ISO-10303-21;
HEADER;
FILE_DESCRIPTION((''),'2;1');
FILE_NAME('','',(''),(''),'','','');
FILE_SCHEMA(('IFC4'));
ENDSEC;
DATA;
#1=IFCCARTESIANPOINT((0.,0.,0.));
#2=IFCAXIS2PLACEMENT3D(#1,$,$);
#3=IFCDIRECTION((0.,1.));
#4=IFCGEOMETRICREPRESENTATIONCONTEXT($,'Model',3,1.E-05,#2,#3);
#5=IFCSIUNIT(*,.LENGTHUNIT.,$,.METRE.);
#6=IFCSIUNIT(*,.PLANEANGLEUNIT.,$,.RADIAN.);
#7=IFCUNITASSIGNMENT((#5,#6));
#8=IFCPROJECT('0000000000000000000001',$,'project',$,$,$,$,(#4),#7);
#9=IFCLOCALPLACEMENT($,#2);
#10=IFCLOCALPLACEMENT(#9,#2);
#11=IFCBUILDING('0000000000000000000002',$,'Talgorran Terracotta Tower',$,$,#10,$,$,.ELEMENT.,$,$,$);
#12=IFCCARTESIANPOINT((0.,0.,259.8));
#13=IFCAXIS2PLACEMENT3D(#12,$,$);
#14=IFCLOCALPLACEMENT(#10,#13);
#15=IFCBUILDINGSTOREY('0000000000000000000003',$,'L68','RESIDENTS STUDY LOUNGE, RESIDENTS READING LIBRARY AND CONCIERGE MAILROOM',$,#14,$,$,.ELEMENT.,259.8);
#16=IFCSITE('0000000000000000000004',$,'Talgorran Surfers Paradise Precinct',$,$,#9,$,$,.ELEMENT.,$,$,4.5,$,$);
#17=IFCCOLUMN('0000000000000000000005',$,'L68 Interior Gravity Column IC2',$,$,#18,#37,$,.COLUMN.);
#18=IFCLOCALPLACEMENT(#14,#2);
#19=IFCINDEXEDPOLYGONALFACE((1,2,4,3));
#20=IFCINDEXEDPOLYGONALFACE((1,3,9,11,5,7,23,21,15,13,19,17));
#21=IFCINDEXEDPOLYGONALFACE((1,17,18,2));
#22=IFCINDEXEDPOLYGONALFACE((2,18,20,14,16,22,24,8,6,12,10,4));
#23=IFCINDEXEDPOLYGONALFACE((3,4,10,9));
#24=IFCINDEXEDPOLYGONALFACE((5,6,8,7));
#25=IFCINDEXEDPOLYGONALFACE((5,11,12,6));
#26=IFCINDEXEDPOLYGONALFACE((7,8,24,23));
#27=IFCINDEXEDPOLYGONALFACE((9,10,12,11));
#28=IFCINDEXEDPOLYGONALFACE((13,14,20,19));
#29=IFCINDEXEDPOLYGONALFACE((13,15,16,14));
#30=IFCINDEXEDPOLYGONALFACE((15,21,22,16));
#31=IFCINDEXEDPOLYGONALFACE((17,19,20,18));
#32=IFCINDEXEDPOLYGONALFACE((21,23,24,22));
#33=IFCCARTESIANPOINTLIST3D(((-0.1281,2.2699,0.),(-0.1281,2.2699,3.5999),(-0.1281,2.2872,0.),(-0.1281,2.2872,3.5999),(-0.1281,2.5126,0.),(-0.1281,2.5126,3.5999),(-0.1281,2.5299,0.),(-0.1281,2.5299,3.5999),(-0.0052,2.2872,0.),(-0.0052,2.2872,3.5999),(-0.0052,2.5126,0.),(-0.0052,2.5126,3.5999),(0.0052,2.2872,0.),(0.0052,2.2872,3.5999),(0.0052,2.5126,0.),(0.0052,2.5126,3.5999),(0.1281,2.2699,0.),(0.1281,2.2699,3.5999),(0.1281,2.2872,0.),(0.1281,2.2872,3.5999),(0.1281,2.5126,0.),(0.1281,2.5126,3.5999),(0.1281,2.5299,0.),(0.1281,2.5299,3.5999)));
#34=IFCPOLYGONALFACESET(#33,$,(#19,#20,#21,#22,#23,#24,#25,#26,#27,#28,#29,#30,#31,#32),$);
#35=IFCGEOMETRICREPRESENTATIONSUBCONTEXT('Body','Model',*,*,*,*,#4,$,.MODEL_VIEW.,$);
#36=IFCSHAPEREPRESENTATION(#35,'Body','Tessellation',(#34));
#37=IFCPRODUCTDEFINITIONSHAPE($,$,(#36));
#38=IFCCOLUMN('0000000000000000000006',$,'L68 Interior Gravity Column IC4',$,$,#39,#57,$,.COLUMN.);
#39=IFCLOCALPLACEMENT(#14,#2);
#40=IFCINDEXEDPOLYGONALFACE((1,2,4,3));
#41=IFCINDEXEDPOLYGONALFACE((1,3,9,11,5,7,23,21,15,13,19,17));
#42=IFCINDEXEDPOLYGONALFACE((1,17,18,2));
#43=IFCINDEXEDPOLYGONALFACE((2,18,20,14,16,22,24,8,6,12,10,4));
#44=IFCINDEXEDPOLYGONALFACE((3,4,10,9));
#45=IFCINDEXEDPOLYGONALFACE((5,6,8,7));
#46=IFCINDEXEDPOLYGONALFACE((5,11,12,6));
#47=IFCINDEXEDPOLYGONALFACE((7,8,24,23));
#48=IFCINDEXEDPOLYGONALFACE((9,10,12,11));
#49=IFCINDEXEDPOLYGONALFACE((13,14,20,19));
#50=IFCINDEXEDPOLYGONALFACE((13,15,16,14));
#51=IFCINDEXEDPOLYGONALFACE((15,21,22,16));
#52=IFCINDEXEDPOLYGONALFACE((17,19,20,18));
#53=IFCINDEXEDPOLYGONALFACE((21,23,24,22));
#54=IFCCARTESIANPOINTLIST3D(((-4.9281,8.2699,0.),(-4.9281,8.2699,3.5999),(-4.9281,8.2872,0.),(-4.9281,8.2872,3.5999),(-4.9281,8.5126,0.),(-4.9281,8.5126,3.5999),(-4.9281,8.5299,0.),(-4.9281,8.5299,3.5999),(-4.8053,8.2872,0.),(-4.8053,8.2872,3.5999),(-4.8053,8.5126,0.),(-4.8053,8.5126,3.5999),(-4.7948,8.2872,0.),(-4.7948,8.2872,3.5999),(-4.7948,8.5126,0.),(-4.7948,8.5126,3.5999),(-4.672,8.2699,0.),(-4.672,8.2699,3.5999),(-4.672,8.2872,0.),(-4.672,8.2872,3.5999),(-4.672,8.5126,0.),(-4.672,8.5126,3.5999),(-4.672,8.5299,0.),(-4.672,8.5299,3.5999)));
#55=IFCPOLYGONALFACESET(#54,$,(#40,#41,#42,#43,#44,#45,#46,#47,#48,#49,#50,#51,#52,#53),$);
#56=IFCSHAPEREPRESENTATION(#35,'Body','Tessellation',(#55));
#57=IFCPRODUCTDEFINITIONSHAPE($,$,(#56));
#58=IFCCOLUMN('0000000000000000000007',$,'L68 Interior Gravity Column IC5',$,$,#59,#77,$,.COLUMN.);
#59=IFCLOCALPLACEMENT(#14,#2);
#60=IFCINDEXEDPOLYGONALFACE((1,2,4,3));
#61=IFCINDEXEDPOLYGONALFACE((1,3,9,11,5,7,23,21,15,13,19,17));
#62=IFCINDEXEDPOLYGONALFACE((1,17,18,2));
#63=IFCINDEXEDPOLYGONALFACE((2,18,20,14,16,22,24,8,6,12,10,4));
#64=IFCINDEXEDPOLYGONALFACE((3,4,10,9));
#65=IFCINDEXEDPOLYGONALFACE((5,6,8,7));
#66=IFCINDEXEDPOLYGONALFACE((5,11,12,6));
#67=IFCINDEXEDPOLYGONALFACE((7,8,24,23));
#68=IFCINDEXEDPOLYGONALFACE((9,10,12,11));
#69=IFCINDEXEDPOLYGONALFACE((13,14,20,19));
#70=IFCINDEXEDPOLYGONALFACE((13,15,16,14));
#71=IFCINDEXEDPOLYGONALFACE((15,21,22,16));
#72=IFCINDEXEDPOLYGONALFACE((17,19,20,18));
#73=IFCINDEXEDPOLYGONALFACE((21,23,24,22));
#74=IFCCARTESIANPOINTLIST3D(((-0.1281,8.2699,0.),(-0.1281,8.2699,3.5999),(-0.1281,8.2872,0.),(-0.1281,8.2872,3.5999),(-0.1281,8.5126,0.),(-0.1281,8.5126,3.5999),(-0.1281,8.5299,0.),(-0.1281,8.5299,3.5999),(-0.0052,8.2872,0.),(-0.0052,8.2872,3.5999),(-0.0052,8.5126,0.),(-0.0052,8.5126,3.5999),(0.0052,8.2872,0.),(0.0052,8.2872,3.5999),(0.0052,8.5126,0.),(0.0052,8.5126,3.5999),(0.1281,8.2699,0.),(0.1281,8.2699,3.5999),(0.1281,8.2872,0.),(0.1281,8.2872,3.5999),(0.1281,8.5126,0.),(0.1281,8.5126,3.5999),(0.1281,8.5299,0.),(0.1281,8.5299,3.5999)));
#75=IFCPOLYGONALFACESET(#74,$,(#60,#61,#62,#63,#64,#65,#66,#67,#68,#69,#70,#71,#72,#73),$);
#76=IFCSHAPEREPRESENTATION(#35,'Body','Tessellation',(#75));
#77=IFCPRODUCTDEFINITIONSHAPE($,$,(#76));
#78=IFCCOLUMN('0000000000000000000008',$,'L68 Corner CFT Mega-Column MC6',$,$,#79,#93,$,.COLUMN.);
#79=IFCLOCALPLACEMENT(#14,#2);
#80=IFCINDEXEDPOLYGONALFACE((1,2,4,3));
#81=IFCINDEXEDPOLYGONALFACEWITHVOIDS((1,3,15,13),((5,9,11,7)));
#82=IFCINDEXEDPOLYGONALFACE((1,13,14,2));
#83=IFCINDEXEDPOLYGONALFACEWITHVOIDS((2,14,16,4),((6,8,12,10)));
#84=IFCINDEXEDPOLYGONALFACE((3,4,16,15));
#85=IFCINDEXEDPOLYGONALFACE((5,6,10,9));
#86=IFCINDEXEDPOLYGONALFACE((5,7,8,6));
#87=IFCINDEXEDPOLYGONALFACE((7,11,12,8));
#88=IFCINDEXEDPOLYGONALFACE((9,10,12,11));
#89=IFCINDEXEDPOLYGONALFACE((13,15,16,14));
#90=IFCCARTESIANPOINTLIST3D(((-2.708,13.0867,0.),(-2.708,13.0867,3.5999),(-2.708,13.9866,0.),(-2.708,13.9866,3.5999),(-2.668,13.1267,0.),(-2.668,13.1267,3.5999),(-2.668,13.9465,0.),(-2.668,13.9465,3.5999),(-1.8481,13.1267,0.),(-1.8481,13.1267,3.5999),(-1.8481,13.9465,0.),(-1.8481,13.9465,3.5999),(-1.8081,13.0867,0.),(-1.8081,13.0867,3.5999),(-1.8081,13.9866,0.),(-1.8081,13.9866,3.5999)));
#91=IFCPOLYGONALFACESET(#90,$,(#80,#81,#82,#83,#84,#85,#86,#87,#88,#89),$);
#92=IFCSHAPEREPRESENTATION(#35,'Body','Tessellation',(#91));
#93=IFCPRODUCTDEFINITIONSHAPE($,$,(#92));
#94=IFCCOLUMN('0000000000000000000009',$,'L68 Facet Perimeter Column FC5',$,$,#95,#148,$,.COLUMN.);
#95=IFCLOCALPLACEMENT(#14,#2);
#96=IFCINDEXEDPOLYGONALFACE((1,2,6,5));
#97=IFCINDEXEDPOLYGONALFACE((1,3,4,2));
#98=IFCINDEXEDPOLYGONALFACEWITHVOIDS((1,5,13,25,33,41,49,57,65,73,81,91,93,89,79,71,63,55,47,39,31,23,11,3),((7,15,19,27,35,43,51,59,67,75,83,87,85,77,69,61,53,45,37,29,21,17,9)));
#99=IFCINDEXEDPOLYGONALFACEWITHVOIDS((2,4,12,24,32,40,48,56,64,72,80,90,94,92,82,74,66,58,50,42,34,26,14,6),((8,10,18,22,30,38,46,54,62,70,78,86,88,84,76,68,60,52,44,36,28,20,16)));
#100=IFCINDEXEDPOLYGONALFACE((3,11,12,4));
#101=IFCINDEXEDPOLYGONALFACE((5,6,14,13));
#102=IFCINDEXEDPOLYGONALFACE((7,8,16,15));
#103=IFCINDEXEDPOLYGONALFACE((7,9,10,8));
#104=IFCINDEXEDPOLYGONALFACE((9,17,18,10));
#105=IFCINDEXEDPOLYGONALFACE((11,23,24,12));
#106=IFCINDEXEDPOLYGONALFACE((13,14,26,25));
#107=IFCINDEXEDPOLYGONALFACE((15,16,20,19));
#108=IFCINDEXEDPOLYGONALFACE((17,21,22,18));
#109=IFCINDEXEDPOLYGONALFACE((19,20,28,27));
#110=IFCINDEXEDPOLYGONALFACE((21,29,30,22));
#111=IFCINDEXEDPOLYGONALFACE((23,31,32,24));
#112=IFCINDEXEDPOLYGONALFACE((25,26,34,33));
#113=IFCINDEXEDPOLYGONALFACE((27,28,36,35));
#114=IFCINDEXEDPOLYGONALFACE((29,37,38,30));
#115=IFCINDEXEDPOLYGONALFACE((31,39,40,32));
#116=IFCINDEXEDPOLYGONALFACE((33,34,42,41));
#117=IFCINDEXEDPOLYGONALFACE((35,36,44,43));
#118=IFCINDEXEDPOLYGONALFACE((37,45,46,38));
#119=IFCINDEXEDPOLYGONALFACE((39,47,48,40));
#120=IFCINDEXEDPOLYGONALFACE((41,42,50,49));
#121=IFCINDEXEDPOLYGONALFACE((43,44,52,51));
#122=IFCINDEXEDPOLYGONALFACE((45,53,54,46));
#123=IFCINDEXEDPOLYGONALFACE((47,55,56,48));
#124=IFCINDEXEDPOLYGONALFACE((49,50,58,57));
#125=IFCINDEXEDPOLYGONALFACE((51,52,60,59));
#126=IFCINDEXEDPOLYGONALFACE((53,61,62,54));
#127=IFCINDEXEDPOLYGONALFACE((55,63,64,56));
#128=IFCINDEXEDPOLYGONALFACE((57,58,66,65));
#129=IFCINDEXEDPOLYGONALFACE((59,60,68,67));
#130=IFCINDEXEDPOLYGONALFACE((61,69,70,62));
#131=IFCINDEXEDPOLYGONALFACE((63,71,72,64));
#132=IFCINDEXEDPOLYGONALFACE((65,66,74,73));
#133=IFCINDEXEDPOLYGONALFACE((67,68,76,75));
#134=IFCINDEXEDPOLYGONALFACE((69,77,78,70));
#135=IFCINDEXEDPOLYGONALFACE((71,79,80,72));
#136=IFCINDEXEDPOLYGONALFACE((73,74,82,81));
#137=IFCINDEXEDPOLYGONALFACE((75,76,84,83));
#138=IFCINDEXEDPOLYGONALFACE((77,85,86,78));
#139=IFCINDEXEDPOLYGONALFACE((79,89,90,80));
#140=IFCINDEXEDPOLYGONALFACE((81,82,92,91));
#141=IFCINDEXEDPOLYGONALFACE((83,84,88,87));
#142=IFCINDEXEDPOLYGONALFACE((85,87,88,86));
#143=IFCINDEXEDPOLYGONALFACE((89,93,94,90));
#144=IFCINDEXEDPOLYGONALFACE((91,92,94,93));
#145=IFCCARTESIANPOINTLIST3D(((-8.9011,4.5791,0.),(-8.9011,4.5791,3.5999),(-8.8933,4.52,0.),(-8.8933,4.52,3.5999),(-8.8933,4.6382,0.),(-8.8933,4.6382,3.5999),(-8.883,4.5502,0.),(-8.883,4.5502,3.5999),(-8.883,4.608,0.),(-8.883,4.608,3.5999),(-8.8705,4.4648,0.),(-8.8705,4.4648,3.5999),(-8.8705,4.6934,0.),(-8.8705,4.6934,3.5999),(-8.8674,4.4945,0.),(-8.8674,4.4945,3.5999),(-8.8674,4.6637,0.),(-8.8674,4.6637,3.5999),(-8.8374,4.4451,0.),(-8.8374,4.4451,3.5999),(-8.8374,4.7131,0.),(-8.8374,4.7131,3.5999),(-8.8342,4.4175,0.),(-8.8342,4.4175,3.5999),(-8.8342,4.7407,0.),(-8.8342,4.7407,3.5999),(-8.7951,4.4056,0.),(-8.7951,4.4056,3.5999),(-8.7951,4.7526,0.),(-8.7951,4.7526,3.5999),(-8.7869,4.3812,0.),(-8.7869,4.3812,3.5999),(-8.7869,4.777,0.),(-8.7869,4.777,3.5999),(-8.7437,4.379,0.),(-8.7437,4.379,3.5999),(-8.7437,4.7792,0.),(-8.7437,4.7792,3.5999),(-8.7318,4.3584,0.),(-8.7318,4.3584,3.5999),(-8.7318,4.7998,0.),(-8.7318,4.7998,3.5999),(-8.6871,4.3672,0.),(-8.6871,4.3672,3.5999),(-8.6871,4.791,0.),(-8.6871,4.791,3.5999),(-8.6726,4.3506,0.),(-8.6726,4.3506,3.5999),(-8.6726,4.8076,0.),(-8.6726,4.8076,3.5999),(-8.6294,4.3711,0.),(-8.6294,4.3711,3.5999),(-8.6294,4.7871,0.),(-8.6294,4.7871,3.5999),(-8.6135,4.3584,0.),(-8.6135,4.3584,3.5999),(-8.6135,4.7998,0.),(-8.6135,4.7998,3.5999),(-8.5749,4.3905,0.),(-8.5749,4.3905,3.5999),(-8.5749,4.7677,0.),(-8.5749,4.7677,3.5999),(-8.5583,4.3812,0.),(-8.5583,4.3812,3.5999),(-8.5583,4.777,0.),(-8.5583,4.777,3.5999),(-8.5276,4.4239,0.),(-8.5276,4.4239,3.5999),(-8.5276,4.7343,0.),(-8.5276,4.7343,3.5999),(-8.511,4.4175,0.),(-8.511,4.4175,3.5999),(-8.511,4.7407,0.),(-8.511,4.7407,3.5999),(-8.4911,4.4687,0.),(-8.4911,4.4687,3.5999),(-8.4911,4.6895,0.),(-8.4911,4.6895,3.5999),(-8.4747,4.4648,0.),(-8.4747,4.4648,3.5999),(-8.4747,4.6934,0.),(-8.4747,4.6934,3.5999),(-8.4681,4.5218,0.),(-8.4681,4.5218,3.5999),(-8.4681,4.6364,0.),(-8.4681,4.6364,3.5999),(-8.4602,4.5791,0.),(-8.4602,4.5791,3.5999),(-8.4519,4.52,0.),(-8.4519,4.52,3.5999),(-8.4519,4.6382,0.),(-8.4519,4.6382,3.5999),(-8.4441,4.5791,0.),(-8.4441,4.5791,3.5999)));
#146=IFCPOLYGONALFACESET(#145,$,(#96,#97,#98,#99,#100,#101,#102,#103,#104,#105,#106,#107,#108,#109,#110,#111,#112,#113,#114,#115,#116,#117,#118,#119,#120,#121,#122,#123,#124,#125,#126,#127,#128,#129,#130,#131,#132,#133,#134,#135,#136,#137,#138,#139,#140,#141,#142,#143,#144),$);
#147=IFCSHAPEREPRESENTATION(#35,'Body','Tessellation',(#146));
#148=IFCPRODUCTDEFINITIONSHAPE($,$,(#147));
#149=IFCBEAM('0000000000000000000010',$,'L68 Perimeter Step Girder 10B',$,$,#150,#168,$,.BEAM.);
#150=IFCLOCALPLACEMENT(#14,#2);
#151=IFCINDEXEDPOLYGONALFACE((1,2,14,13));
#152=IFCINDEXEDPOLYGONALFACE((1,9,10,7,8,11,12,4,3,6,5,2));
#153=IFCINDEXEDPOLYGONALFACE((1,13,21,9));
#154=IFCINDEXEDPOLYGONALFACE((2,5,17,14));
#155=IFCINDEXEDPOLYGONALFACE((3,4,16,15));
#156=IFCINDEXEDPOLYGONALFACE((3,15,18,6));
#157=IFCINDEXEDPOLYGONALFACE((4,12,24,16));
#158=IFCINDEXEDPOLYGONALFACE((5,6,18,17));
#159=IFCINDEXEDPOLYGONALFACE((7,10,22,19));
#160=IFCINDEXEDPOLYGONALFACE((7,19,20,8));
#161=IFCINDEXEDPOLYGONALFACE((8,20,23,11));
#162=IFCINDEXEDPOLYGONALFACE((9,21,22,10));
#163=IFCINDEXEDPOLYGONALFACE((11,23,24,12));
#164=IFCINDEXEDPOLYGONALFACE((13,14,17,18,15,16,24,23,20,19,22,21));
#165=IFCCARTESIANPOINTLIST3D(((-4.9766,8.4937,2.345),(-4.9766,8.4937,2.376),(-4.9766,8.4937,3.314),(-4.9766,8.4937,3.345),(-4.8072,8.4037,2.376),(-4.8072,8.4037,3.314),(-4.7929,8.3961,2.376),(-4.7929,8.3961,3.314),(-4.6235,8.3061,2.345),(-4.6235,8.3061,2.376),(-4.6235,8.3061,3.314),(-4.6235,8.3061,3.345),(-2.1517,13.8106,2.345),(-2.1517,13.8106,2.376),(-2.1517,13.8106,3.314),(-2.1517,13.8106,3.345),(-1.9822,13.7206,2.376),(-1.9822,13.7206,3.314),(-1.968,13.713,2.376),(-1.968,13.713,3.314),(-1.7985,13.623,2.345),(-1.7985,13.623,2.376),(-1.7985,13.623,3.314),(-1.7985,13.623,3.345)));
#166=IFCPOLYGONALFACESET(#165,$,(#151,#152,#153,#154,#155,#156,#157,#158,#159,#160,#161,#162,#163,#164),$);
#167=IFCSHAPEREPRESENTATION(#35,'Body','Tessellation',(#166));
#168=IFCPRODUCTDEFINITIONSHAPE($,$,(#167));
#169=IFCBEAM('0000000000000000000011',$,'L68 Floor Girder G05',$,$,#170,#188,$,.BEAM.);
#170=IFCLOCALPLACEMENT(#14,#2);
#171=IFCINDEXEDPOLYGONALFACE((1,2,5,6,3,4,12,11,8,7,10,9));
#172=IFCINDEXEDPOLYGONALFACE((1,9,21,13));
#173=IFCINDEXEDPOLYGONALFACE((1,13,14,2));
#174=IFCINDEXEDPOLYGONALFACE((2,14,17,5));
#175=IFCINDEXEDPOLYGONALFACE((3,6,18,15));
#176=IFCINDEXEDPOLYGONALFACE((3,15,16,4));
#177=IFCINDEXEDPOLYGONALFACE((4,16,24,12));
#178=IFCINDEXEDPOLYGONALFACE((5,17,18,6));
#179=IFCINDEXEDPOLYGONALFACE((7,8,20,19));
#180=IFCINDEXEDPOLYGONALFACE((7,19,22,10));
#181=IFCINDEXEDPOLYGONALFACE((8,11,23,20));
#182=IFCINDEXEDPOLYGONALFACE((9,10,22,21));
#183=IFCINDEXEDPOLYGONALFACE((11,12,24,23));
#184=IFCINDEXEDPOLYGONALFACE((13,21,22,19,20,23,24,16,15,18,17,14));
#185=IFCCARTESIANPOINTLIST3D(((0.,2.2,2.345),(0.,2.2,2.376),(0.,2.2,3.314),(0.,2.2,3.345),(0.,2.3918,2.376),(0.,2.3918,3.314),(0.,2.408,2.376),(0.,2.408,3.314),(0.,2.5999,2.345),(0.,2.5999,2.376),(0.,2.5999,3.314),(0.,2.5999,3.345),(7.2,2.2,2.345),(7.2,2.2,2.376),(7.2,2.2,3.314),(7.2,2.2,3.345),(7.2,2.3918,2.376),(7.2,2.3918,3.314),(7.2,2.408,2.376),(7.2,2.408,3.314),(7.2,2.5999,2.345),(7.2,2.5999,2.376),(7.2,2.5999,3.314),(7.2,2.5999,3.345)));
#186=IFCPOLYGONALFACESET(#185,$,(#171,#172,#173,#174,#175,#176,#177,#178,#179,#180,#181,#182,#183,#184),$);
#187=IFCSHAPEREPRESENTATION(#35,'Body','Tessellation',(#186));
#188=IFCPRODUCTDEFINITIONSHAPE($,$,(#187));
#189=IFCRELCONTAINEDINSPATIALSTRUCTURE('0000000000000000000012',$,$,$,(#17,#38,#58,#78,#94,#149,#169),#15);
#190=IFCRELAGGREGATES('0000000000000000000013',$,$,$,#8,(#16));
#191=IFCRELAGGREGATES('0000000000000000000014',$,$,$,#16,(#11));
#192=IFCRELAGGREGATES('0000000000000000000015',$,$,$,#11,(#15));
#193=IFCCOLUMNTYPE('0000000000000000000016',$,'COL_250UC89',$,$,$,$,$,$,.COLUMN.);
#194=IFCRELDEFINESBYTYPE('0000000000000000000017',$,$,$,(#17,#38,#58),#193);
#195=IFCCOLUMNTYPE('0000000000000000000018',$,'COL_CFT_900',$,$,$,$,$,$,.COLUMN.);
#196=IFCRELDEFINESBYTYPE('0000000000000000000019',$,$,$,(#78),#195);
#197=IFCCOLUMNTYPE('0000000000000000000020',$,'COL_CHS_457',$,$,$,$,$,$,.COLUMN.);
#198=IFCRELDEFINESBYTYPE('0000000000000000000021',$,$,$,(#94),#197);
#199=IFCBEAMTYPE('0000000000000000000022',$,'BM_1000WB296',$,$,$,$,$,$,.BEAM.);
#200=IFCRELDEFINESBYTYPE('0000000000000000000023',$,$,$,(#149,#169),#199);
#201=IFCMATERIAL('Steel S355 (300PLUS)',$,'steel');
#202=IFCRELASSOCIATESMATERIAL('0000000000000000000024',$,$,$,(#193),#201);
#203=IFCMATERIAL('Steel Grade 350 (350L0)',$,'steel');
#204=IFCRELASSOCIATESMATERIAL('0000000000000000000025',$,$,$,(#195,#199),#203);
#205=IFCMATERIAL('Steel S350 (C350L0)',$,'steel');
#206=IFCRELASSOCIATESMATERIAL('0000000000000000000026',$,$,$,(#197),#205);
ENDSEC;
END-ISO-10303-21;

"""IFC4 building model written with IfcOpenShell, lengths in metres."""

from ifc_helpers import new_model, si_unit, direction, frame, origin, origin_2d, place, context, subcontext, project, spatial, hollow_rectangle, hollow_circle, i_section, extrude, material, material_profile, profile_set, type_object, element, save


model = new_model("IFC4")

# Units and contexts
model_context = context("Model", 3, precision=1e-05, world=origin(), true_north=direction((0.0, 1.0)))
body_context = subcontext(model_context, "Body", "Model", "MODEL_VIEW")
ifc_project = project(units=[si_unit("LENGTHUNIT", "METRE"), si_unit("PLANEANGLEUNIT", "RADIAN")], contexts=[model_context])

# Site, building, storey
site_placement = place(None, origin())
site = spatial("IfcSite", under=ifc_project, at=site_placement, Name="Talgorran Surfers Paradise Precinct", CompositionType="ELEMENT", RefElevation=4.5)
building_placement = place(site_placement, origin())
building = spatial("IfcBuilding", under=site, at=building_placement, Name="Talgorran Terracotta Tower", CompositionType="ELEMENT")
storey_placement = place(building_placement, frame((0.0, 0.0, 259.8)))
storey = spatial("IfcBuildingStorey", under=building, at=storey_placement, Name="L68", Description="RESIDENTS STUDY LOUNGE, RESIDENTS READING LIBRARY AND CONCIERGE MAILROOM", CompositionType="ELEMENT", Elevation=259.8)

# Columns
ifc_material_1 = material(Name="Steel S355 (300PLUS)", Category="steel")
ifc_material_profile_1 = material_profile(ifc_material_1, i_section(OverallWidth=0.2561, OverallDepth=0.26, WebThickness=0.0105, FlangeThickness=0.0173, at=origin_2d()), Name="250UC89.5")
ifc_profile_set_1 = profile_set([ifc_material_profile_1], Name="Steel S355 (300PLUS)")
column_type_1 = type_object("IfcColumnType", Name="COL_250UC89", PredefinedType="COLUMN", material=ifc_profile_set_1)
for number, where, z_axis, x_axis, name in (
    (1, (0.0, 2.3999, 0.0), (0.0, 0.0, 1.0), (1.0, 0.0, 0.0), "L68 Interior Gravity Column IC2"),
    (2, (-4.8, 8.3999, 0.0), (0.0, 0.0, 1.0), (1.0, 0.0, 0.0), "L68 Interior Gravity Column IC4"),
    (3, (0.0, 8.3999, 0.0), (0.0, 0.0, 1.0), (1.0, 0.0, 0.0), "L68 Interior Gravity Column IC5"),
):
    element("IfcColumn", number, at=place(storey_placement, frame(where, z_axis=z_axis, x_axis=x_axis)), inside=storey, type_object=column_type_1, Name=name, PredefinedType="COLUMN", context=body_context, shape_type="SweptSolid", body=[
        extrude(i_section(OverallWidth=0.2561, OverallDepth=0.26, WebThickness=0.0105, FlangeThickness=0.0173, at=origin_2d()), origin(), (0.0, 0.0, 1.0), 3.5999),
    ])
ifc_material_2 = material(Name="Steel Grade 350 (350L0)", Category="steel")
ifc_material_profile_2 = material_profile(ifc_material_2, hollow_rectangle(XDim=0.8999, YDim=0.8999, WallThickness=0.04, at=origin_2d()), Name="CFT900X900X40")
ifc_profile_set_2 = profile_set([ifc_material_profile_2], Name="Steel Grade 350 (350L0)")
column_type_2 = type_object("IfcColumnType", Name="COL_CFT_900", PredefinedType="COLUMN", material=ifc_profile_set_2)
column_1_placement = place(storey_placement, frame((-2.2581, 13.5366, 0.0), z_axis=(0.0, 0.0, 1.0), x_axis=(1.0, 0.0, 0.0)))
element("IfcColumn", 4, at=column_1_placement, inside=storey, type_object=column_type_2, Name="L68 Corner CFT Mega-Column MC6", PredefinedType="COLUMN", context=body_context, shape_type="SweptSolid", body=[
    extrude(hollow_rectangle(XDim=0.8999, YDim=0.8999, WallThickness=0.04, at=origin_2d()), origin(), (0.0, 0.0, 1.0), 3.5999),
])
ifc_material_3 = material(Name="Steel S350 (C350L0)", Category="steel")
ifc_material_profile_3 = material_profile(ifc_material_3, hollow_circle(Radius=0.2285, WallThickness=0.0161, at=origin_2d()), Name="CHS457X16")
ifc_profile_set_3 = profile_set([ifc_material_profile_3], Name="Steel S350 (C350L0)")
column_type_3 = type_object("IfcColumnType", Name="COL_CHS_457", PredefinedType="COLUMN", material=ifc_profile_set_3)
column_2_placement = place(storey_placement, frame((-8.6726, 4.5791, 0.0), z_axis=(0.0, 0.0, 1.0), x_axis=(1.0, 0.0, 0.0)))
element("IfcColumn", 5, at=column_2_placement, inside=storey, type_object=column_type_3, Name="L68 Facet Perimeter Column FC5", PredefinedType="COLUMN", context=body_context, shape_type="SweptSolid", body=[
    extrude(hollow_circle(Radius=0.2285, WallThickness=0.0161, at=origin_2d()), origin(), (0.0, 0.0, 1.0), 3.5999),
])

# Beams
ifc_material_profile_4 = material_profile(ifc_material_2, i_section(OverallWidth=0.3999, OverallDepth=1.0, WebThickness=0.0161, FlangeThickness=0.031, at=origin_2d()), Name="1000WB296")
ifc_profile_set_4 = profile_set([ifc_material_profile_4], Name="Steel Grade 350 (350L0)")
beam_type_1 = type_object("IfcBeamType", Name="BM_1000WB296", PredefinedType="BEAM", material=ifc_profile_set_4)
beam_1_placement = place(storey_placement, frame((-1.9751, 13.7168, 2.845), z_axis=(-0.469201, -0.883092, 0.0), x_axis=(0.883092, -0.469201, 0.0)))
element("IfcBeam", 6, at=beam_1_placement, inside=storey, type_object=beam_type_1, Name="L68 Perimeter Step Girder 10B", PredefinedType="BEAM", context=body_context, shape_type="SweptSolid", body=[
    extrude(i_section(OverallWidth=0.3999, OverallDepth=1.0, WebThickness=0.0161, FlangeThickness=0.031, at=origin_2d()), origin(), (0.0, 0.0, 1.0), 6.0208),
])
beam_2_placement = place(storey_placement, frame((0.0, 2.3999, 2.845), z_axis=(1.0, 0.0, 0.0), x_axis=(0.0, 1.0, 0.0)))
element("IfcBeam", 7, at=beam_2_placement, inside=storey, type_object=beam_type_1, Name="L68 Floor Girder G05", PredefinedType="BEAM", context=body_context, shape_type="SweptSolid", body=[
    extrude(i_section(OverallWidth=0.3999, OverallDepth=1.0, WebThickness=0.0161, FlangeThickness=0.031, at=origin_2d()), origin(), (0.0, 0.0, 1.0), 7.2),
])

save(model, "model.ifc")
